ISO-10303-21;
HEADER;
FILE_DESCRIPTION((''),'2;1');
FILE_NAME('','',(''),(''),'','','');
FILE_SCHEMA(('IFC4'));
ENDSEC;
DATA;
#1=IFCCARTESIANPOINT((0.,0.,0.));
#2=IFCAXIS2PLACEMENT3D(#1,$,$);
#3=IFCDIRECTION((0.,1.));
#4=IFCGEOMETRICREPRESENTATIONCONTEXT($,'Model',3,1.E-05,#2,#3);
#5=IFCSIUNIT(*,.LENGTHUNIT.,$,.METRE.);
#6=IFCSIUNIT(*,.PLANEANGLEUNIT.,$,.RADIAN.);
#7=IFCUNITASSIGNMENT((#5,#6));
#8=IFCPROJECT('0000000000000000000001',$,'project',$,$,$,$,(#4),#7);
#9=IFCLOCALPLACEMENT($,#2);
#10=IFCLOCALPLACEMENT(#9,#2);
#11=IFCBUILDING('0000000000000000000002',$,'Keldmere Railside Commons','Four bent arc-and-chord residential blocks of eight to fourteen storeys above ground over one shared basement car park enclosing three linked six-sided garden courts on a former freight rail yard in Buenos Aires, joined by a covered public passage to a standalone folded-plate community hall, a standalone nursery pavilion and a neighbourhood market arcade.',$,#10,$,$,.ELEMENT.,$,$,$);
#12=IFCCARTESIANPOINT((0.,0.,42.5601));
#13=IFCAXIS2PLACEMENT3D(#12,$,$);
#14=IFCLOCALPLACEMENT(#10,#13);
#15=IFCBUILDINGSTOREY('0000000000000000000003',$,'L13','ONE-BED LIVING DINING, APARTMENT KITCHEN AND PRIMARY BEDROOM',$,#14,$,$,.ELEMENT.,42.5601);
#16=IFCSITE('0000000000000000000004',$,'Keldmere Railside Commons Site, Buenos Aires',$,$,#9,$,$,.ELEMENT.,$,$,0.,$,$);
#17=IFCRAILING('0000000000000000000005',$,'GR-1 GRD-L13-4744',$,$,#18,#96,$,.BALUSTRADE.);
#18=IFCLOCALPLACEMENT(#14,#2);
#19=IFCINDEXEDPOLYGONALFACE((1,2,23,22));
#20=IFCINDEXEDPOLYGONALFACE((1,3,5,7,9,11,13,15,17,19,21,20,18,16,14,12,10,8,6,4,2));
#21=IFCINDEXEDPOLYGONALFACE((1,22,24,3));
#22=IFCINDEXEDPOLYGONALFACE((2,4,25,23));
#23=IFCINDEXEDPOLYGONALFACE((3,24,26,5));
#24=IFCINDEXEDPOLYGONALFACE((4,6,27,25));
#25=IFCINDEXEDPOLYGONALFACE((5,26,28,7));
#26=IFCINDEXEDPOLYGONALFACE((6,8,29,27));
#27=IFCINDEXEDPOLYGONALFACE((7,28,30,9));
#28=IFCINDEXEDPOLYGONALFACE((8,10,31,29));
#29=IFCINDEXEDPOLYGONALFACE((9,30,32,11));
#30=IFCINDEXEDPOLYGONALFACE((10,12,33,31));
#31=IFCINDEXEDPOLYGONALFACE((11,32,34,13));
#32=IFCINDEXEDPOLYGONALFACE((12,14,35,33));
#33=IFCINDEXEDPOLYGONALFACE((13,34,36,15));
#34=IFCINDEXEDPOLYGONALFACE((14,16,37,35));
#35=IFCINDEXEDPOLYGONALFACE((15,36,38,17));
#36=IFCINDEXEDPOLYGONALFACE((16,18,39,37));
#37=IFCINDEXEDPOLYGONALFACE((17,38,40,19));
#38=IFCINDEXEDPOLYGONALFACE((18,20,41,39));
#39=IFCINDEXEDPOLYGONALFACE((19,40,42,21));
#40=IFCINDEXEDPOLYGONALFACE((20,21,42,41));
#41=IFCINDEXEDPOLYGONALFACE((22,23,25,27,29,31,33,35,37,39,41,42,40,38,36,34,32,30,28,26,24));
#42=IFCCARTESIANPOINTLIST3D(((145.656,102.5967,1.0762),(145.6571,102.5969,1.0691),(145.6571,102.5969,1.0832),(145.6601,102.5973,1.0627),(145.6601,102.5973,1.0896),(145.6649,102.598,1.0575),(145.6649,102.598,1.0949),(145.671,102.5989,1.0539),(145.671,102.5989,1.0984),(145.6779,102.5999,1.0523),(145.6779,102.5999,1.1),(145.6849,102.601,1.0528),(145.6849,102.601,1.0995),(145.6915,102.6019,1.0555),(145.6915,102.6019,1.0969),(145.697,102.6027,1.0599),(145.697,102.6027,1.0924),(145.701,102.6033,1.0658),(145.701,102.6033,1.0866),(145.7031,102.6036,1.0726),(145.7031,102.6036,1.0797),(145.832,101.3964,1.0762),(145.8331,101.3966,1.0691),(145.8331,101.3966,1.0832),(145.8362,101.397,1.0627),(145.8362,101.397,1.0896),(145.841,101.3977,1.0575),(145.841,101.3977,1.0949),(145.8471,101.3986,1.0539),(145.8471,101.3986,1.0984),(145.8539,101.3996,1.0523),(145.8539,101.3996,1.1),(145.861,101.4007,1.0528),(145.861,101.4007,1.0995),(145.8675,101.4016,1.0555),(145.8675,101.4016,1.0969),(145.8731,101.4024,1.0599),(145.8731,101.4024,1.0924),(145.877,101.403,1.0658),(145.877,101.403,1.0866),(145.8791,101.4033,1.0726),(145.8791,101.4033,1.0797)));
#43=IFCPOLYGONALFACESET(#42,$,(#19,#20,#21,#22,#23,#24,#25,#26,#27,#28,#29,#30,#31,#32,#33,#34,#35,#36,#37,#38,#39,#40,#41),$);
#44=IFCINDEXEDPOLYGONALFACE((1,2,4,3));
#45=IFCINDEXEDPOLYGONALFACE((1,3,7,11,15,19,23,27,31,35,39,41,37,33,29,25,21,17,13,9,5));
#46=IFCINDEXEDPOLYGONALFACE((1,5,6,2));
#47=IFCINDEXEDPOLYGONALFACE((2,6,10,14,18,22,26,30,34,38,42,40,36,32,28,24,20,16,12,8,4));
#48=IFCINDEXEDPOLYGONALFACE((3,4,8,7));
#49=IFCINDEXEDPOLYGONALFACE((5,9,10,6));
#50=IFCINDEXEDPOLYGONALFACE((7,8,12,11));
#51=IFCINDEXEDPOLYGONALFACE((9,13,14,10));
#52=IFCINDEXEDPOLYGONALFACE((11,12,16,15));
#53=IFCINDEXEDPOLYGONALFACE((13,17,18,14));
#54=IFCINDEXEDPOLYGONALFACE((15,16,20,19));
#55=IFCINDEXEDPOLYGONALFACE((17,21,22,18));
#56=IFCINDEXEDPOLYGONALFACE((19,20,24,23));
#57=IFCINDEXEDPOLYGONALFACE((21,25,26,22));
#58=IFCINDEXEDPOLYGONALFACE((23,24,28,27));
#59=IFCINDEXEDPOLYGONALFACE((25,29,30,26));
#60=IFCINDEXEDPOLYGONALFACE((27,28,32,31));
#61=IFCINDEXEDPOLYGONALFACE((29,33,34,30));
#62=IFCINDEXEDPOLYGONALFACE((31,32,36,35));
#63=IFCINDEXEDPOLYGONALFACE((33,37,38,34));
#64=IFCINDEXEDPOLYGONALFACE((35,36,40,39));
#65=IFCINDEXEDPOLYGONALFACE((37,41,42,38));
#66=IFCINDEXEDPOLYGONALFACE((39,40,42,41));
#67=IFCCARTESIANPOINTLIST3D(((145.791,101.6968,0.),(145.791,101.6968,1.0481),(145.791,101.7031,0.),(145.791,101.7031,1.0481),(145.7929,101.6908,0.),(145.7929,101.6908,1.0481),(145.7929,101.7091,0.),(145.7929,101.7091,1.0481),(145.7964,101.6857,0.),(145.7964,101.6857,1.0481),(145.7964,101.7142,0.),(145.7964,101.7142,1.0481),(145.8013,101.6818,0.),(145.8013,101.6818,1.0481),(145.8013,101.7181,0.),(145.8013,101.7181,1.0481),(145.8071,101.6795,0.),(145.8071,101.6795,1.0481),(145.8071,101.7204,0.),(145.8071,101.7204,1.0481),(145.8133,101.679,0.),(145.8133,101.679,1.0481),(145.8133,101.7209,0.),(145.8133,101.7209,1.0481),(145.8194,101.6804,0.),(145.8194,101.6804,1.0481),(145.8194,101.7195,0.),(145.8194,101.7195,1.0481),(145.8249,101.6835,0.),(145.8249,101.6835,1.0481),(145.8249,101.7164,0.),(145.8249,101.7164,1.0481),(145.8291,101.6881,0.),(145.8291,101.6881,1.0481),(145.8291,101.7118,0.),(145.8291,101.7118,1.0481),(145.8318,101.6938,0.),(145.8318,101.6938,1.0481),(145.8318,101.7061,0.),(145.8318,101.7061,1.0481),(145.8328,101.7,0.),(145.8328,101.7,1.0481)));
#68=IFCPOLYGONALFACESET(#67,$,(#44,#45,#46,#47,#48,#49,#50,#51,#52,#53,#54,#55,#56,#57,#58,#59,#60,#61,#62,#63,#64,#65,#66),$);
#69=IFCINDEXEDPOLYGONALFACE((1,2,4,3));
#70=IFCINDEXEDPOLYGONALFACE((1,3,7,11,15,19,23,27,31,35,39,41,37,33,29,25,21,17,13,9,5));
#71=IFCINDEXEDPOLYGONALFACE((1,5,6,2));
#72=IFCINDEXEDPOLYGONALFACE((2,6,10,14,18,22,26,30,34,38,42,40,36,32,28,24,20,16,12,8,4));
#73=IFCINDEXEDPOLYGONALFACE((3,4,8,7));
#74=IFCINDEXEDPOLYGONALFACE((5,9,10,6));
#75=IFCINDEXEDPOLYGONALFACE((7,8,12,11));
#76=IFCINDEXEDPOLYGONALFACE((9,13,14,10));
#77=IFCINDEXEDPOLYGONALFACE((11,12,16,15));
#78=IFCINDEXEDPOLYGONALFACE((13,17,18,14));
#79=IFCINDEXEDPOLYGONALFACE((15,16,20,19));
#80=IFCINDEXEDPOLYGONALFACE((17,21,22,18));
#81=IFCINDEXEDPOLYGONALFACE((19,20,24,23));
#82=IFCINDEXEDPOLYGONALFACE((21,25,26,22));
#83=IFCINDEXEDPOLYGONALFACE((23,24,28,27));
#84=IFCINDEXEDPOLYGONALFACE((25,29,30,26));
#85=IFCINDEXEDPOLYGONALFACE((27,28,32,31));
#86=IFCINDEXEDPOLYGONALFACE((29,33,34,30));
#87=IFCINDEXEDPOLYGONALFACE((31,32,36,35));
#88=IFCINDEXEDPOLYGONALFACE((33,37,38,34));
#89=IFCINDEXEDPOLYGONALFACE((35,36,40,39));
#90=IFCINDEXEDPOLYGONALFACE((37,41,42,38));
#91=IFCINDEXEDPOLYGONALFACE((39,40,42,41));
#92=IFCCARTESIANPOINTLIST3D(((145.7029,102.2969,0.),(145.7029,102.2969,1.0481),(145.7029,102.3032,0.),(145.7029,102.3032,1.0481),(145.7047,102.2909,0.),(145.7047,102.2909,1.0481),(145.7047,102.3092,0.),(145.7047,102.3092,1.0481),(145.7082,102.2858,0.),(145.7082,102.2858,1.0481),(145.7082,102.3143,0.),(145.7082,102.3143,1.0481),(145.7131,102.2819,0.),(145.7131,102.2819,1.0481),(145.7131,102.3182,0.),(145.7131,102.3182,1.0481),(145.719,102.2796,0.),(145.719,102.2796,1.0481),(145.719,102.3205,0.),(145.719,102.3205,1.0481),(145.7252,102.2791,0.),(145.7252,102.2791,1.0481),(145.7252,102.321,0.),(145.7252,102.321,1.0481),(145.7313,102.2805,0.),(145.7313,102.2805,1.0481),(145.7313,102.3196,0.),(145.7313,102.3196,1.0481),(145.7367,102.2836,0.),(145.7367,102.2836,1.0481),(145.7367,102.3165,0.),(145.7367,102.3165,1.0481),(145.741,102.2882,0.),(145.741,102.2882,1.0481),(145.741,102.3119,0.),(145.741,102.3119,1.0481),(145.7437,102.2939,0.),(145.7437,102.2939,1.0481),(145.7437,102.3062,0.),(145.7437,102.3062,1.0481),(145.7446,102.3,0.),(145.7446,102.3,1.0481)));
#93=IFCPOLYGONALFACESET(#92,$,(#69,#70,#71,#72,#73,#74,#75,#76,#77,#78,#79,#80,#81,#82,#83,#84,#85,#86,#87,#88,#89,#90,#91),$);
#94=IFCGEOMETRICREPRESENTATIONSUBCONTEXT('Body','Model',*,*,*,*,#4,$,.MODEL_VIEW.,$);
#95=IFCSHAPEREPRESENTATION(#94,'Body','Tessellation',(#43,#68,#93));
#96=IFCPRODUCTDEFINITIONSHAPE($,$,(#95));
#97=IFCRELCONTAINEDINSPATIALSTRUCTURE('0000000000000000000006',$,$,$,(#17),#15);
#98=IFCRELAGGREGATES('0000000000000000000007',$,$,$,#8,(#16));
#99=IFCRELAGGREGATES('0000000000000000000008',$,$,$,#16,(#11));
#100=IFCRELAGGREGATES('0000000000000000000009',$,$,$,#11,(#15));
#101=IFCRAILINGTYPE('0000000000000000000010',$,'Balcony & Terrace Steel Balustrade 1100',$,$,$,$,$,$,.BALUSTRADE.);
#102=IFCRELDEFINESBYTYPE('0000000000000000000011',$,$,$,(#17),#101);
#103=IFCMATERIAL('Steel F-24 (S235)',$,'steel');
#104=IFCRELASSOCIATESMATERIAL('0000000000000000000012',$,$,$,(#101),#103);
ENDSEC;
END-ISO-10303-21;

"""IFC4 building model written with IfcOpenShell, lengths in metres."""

from ifc_helpers import new_model, si_unit, direction, frame, origin, origin_2d, place, context, subcontext, project, spatial, circle, extrude, material, type_object, element, save


model = new_model("IFC4")

# Units and contexts
model_context = context("Model", 3, precision=1e-05, world=origin(), true_north=direction((0.0, 1.0)))
body_context = subcontext(model_context, "Body", "Model", "MODEL_VIEW")
ifc_project = project(units=[si_unit("LENGTHUNIT", "METRE"), si_unit("PLANEANGLEUNIT", "RADIAN")], contexts=[model_context])

# Site, building, storey
site_placement = place(None, origin())
site = spatial("IfcSite", under=ifc_project, at=site_placement, Name="Keldmere Railside Commons Site, Buenos Aires", CompositionType="ELEMENT", RefElevation=0.0)
building_placement = place(site_placement, origin())
building = spatial("IfcBuilding", under=site, at=building_placement, Name="Keldmere Railside Commons", Description="Four bent arc-and-chord residential blocks of eight to fourteen storeys above ground over one shared basement car park enclosing three linked six-sided garden courts on a former freight rail yard in Buenos Aires, joined by a covered public passage to a standalone folded-plate community hall, a standalone nursery pavilion and a neighbourhood market arcade.", CompositionType="ELEMENT")
storey_placement = place(building_placement, frame((0.0, 0.0, 42.5601)))
storey = spatial("IfcBuildingStorey", under=building, at=storey_placement, Name="L13", Description="ONE-BED LIVING DINING, APARTMENT KITCHEN AND PRIMARY BEDROOM", CompositionType="ELEMENT", Elevation=42.5601)

# Railing
ifc_material_1 = material(Name="Steel F-24 (S235)", Category="steel")
railing_type_1 = type_object("IfcRailingType", Name="Balcony & Terrace Steel Balustrade 1100", PredefinedType="BALUSTRADE", material=ifc_material_1)
railing_1_placement = place(storey_placement, frame((145.8557, 101.3999, 0.0)))
element("IfcRailing", 1, at=railing_1_placement, inside=storey, type_object=railing_type_1, Name="GR-1 GRD-L13-4744", PredefinedType="BALUSTRADE", context=body_context, shape_type="SweptSolid", body=[
    extrude(circle(Radius=0.0239, at=origin_2d()), frame((0.0, 0.0, 1.0762), z_axis=(-0.145112, 0.989415, 0.0), x_axis=(-0.989415, -0.145112, 0.0)), (0.0, 0.0, 1.0), 1.2131),
    extrude(circle(Radius=0.021, at=origin_2d()), frame((-0.0439, 0.3, 0.0)), (0.0, 0.0, 1.0), 1.0481),
    extrude(circle(Radius=0.021, at=origin_2d()), frame((-0.1321, 0.9001, 0.0)), (0.0, 0.0, 1.0), 1.0481),
])

save(model, "model.ifc")
